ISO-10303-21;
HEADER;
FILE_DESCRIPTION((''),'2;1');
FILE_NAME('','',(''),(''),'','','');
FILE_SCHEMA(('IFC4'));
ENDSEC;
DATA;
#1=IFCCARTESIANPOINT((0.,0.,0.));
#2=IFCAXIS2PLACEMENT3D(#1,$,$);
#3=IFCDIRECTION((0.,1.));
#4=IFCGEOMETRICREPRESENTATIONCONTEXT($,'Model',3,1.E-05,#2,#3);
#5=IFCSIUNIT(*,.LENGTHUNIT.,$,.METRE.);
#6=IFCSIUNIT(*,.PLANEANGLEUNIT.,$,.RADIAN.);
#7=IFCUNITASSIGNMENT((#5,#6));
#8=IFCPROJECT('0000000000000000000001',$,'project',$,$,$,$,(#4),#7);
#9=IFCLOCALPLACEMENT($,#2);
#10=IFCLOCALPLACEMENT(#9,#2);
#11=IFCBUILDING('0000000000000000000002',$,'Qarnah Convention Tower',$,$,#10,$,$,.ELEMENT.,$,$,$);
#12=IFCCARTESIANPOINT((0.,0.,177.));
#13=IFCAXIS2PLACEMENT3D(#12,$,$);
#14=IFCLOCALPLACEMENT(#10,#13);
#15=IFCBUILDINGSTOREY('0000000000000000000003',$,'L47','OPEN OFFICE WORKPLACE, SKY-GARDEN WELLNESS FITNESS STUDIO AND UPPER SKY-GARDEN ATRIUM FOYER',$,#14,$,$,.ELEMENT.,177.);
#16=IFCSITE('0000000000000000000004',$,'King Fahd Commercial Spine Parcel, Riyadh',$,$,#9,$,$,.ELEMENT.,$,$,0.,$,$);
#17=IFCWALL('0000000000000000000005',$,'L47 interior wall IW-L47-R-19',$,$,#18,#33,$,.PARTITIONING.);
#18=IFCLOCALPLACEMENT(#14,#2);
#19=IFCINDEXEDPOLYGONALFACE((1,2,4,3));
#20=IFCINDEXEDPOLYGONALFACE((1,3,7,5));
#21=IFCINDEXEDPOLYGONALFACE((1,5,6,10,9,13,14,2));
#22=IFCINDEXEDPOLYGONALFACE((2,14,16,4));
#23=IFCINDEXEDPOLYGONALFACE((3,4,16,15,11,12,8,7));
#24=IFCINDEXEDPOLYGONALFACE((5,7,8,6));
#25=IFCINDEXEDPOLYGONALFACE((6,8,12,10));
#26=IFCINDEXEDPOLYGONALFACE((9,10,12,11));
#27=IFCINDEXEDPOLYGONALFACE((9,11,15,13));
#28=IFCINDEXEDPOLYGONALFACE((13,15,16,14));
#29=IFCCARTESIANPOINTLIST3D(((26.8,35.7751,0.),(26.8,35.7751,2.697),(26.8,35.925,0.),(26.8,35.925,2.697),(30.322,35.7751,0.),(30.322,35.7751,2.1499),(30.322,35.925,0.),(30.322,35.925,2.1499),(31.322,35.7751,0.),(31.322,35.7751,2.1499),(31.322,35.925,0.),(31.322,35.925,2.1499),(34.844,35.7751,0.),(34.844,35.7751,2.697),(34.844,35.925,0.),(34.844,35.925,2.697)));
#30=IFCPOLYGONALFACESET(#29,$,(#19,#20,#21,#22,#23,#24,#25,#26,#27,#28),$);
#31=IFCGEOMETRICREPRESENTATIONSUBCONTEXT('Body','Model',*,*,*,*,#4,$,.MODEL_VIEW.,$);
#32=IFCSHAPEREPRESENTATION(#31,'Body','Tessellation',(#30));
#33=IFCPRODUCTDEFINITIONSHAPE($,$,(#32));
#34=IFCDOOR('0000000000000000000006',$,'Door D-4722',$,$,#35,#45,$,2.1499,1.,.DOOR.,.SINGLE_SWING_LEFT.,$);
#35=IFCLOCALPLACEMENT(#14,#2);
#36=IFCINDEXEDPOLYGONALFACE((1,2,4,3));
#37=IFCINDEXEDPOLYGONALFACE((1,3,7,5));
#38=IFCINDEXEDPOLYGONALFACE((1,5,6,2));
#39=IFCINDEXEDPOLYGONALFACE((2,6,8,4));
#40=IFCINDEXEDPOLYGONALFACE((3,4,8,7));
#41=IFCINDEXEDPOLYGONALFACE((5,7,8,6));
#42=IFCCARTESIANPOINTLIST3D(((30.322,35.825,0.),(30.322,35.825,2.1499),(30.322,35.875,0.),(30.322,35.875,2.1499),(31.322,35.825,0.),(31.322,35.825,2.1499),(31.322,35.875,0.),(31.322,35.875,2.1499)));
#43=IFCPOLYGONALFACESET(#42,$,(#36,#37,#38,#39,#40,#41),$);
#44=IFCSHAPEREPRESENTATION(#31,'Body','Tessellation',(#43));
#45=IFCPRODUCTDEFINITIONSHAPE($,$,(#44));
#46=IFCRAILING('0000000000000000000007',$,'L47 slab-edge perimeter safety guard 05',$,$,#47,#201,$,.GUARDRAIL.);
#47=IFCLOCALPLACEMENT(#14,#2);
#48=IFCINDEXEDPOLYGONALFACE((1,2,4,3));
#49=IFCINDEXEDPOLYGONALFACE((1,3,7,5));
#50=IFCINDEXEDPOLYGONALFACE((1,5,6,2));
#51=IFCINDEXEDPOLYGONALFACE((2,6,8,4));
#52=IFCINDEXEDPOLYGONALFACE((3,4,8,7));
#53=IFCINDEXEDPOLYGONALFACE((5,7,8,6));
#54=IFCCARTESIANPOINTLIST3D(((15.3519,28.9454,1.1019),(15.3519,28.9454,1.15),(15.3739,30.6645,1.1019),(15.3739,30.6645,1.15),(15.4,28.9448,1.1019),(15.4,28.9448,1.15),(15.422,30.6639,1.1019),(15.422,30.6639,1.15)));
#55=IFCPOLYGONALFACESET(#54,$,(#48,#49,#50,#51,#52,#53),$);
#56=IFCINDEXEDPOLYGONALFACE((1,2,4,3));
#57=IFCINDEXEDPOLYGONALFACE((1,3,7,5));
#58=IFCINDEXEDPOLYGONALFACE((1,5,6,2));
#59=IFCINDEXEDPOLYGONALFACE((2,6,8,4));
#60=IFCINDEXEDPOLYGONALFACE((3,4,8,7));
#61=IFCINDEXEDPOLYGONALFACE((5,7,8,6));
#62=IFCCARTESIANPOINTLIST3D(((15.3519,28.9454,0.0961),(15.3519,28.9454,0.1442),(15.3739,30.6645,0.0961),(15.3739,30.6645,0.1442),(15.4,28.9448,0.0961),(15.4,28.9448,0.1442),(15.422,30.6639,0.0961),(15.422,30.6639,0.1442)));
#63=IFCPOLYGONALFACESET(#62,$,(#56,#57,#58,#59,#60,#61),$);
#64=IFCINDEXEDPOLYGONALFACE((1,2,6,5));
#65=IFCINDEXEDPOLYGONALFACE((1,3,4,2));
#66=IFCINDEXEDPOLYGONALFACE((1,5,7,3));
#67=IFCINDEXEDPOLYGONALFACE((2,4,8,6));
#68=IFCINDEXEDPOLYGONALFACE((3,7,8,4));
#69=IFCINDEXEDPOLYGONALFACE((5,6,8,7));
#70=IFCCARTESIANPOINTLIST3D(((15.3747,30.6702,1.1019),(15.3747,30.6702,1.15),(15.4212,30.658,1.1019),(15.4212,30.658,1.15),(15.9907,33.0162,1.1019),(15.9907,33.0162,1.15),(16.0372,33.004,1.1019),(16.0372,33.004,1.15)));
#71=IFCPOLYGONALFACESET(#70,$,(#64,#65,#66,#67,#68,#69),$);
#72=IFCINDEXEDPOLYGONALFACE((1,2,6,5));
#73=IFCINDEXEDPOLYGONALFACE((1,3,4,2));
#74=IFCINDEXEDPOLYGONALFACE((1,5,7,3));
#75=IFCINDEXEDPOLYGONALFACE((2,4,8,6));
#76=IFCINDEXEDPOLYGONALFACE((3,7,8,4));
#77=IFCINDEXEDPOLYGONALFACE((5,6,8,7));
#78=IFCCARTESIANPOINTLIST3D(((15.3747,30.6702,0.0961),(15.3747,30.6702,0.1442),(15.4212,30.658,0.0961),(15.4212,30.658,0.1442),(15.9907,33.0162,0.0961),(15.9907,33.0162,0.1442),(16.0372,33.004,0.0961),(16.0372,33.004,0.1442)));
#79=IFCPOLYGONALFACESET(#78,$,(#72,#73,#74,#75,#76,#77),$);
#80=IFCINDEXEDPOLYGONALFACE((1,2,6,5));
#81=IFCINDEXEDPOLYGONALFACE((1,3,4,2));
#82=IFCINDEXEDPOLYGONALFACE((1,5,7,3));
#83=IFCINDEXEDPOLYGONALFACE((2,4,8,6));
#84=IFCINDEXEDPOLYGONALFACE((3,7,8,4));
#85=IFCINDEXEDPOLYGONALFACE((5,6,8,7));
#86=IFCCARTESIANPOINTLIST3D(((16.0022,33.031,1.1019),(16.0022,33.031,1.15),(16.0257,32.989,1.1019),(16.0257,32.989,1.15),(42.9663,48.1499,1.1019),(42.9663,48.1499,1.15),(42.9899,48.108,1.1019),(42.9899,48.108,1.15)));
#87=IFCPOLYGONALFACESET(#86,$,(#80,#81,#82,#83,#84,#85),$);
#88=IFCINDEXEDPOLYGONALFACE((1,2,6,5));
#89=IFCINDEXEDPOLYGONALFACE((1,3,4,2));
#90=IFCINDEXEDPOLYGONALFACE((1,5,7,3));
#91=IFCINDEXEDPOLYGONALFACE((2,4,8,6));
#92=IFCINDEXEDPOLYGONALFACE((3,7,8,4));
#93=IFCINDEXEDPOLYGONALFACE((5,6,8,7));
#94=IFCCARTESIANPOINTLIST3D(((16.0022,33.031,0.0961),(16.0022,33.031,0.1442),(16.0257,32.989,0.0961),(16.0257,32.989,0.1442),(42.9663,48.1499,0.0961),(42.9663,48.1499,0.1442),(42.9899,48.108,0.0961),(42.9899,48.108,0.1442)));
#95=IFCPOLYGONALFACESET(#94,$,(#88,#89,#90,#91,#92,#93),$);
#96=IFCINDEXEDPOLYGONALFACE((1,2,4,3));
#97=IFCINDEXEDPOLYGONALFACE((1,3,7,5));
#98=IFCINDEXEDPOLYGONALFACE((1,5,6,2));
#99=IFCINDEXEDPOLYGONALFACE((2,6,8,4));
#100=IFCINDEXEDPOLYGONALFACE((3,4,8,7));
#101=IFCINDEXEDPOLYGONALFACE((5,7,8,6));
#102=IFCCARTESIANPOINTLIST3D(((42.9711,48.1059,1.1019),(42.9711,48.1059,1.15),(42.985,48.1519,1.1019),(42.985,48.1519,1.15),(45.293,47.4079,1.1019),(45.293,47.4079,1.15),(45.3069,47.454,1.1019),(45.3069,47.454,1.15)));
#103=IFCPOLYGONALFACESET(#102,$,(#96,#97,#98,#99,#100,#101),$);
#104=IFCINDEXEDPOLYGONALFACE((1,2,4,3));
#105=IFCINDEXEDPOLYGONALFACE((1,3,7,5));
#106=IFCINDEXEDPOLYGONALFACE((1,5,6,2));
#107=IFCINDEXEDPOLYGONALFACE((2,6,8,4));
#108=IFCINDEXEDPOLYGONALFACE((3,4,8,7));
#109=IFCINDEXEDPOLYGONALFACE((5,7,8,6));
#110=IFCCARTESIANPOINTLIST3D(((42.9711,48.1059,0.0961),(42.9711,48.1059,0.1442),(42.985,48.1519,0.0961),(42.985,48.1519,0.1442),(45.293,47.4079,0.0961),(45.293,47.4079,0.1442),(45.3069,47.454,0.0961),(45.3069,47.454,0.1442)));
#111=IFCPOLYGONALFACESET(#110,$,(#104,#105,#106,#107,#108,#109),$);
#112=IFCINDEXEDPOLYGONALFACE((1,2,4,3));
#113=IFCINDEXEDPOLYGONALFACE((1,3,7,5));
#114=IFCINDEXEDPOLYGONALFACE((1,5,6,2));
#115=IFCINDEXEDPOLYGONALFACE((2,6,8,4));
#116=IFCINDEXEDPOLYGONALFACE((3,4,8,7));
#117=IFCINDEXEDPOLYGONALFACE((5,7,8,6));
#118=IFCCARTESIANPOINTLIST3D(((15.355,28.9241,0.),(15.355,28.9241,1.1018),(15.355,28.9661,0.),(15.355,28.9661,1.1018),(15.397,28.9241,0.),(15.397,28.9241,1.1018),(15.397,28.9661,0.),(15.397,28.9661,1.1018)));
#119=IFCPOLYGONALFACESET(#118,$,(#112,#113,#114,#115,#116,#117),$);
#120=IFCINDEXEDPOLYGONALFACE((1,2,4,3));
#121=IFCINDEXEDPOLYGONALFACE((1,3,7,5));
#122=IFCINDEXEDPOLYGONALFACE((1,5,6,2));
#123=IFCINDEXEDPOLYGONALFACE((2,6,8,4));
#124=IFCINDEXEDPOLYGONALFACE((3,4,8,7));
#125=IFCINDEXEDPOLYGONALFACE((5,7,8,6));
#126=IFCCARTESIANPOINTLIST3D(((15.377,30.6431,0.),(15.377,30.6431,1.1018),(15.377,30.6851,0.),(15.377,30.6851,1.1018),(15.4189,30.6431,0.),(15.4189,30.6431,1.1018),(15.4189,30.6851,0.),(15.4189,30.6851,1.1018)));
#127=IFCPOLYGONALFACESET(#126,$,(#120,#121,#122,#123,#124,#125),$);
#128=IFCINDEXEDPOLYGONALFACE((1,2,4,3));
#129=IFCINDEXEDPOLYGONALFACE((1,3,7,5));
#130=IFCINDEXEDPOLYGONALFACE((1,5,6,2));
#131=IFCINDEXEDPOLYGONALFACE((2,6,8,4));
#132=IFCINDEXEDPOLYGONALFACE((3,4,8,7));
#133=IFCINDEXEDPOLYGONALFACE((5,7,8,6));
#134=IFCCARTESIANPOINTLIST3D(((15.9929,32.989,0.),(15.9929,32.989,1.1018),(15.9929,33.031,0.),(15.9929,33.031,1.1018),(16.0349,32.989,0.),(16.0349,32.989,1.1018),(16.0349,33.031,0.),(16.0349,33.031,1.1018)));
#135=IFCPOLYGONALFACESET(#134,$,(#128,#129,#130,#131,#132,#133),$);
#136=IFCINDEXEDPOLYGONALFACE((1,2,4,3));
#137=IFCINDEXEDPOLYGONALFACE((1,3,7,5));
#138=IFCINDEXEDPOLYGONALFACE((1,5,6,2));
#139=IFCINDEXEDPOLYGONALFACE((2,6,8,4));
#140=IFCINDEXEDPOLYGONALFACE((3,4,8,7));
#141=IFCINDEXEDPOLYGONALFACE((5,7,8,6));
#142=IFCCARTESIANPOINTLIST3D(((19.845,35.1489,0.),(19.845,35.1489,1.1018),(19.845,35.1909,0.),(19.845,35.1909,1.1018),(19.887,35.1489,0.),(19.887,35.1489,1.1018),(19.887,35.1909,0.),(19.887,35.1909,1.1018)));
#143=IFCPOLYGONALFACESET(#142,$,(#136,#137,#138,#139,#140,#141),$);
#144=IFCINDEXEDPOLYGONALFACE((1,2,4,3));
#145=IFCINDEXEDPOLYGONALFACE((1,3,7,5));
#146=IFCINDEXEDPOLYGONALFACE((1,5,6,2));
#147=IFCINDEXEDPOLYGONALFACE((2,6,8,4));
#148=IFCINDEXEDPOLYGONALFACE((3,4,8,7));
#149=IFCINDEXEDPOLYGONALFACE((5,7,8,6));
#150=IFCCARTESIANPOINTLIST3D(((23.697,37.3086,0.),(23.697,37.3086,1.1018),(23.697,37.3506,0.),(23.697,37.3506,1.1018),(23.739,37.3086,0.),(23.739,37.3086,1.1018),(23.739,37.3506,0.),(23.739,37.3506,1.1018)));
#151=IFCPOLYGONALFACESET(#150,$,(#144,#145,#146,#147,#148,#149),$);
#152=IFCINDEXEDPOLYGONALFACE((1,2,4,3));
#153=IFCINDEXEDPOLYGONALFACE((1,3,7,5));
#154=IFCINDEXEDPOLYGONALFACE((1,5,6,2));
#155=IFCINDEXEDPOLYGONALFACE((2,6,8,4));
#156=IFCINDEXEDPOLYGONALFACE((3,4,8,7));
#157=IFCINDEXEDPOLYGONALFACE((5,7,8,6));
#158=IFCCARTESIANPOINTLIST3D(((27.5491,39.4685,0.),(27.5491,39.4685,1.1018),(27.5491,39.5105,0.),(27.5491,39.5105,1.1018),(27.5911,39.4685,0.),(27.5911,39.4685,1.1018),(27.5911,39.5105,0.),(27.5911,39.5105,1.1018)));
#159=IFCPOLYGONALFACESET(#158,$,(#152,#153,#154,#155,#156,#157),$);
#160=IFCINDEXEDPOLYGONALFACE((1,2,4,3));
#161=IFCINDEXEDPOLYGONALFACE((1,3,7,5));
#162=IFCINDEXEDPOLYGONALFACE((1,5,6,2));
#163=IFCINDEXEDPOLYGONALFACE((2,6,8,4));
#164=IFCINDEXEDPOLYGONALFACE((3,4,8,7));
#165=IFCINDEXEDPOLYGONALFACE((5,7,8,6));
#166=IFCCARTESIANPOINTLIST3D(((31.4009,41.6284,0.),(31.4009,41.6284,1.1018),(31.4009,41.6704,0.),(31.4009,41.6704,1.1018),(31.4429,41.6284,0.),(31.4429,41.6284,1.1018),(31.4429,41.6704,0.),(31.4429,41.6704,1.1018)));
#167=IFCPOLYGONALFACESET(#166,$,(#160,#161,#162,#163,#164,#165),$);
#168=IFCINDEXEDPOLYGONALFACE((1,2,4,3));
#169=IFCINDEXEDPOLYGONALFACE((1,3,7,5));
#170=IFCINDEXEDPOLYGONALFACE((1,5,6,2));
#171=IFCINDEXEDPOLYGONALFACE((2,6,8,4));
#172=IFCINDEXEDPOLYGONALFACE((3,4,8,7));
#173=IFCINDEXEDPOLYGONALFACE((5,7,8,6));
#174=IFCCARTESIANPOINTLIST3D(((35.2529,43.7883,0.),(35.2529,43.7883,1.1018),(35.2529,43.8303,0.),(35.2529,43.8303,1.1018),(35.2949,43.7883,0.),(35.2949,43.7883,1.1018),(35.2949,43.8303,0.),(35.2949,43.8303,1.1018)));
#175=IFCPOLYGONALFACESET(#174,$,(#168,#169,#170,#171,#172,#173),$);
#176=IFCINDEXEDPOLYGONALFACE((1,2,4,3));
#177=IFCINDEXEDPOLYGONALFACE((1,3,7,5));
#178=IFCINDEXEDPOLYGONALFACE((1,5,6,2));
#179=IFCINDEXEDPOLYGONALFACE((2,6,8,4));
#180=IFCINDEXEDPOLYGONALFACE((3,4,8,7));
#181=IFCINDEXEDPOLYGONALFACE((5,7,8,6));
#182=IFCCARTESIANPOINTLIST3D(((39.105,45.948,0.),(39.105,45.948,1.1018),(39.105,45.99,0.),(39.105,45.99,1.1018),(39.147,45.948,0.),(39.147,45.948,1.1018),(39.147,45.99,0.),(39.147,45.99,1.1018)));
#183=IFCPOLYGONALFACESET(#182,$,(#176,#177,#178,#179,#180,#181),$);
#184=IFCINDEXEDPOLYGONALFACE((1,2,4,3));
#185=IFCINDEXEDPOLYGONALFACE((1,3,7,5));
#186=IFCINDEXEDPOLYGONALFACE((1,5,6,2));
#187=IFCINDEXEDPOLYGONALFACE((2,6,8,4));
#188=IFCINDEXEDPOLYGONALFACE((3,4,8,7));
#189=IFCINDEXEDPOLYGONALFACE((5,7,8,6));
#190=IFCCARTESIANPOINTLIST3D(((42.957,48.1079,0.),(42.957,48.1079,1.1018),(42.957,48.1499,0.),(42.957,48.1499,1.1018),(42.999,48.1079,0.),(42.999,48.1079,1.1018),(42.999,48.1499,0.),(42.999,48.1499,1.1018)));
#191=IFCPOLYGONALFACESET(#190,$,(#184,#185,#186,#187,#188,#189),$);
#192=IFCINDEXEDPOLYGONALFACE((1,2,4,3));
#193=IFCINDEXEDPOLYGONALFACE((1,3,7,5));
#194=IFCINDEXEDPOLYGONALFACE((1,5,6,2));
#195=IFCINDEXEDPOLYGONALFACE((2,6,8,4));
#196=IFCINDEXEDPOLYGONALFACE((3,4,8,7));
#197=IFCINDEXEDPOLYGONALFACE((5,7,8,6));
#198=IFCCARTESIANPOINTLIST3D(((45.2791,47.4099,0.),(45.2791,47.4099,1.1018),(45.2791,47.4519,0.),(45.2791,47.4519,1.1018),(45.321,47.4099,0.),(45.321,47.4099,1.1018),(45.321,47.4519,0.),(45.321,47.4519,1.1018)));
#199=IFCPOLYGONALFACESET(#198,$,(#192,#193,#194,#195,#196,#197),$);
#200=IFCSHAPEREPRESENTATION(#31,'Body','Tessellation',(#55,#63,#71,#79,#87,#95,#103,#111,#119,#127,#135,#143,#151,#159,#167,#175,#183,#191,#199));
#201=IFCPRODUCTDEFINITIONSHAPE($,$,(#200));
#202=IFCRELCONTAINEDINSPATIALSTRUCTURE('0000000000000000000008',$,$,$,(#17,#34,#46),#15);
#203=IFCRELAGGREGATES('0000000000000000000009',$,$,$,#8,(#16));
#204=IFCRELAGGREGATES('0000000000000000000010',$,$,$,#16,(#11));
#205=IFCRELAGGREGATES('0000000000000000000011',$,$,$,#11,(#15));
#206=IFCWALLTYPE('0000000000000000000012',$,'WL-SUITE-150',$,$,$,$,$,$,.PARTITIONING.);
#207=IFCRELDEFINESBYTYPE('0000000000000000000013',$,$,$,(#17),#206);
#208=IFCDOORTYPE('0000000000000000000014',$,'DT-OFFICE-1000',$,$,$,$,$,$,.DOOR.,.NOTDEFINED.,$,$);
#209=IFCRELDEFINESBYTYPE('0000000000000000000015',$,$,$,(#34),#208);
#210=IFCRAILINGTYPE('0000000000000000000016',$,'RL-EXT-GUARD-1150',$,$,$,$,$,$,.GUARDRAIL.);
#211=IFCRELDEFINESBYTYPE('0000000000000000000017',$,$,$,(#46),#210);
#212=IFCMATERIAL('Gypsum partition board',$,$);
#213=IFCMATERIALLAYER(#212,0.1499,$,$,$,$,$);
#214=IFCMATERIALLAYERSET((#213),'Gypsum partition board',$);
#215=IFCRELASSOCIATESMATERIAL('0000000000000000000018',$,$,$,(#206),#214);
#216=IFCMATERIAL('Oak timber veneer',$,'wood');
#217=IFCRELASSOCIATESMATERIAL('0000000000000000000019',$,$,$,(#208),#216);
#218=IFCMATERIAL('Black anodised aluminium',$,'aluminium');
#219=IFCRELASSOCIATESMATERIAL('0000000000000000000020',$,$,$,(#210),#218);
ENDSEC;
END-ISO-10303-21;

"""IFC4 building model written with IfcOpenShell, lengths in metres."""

from ifc_helpers import new_model, si_unit, direction, frame, frame_2d, origin, origin_2d, place, context, subcontext, project, spatial, rectangle, extrude, material, layer, layer_set, type_object, element, fill, save


model = new_model("IFC4")

# Units and contexts
model_context = context("Model", 3, precision=1e-05, world=origin(), true_north=direction((0.0, 1.0)))
body_context = subcontext(model_context, "Body", "Model", "MODEL_VIEW")
ifc_project = project(units=[si_unit("LENGTHUNIT", "METRE"), si_unit("PLANEANGLEUNIT", "RADIAN")], contexts=[model_context])

# Site, building, storey
site_placement = place(None, origin())
site = spatial("IfcSite", under=ifc_project, at=site_placement, Name="King Fahd Commercial Spine Parcel, Riyadh", CompositionType="ELEMENT", RefElevation=0.0)
building_placement = place(site_placement, origin())
building = spatial("IfcBuilding", under=site, at=building_placement, Name="Qarnah Convention Tower", CompositionType="ELEMENT")
storey_placement = place(building_placement, frame((0.0, 0.0, 177.0)))
storey = spatial("IfcBuildingStorey", under=building, at=storey_placement, Name="L47", Description="OPEN OFFICE WORKPLACE, SKY-GARDEN WELLNESS FITNESS STUDIO AND UPPER SKY-GARDEN ATRIUM FOYER", CompositionType="ELEMENT", Elevation=177.0)

# Shared definitions
ifc_material_1 = material(Name="Black anodised aluminium", Category="aluminium")

# Shared definitions
ifc_material_2 = material(Name="Gypsum partition board")
ifc_layer_1 = layer(ifc_material_2, 0.1499)
ifc_layer_set_1 = layer_set([ifc_layer_1], Name="Gypsum partition board")
wall_type_1 = type_object("IfcWallType", Name="WL-SUITE-150", PredefinedType="PARTITIONING", material=ifc_layer_set_1)
ifc_material_3 = material(Name="Oak timber veneer", Category="wood")
door_type_1 = type_object("IfcDoorType", Name="DT-OFFICE-1000", OperationType="NOTDEFINED", PredefinedType="DOOR", material=ifc_material_3)

# Wall, opening, door
wall_1_placement = place(storey_placement, frame((26.8, 35.8501, 0.0), z_axis=(0.0, 0.0, 1.0), x_axis=(1.0, 0.0, 0.0)))
wall_1 = element("IfcWall", 1, at=wall_1_placement, inside=storey, type_object=wall_type_1, Name="L47 interior wall IW-L47-R-19", PredefinedType="PARTITIONING", context=body_context, shape_type="SweptSolid", body=[
    extrude(rectangle(XDim=8.0439, YDim=0.1499, at=frame_2d((4.022, 0.0))), origin(), (0.0, 0.0, 1.0), 2.697),
])
opening_1_placement = place(wall_1_placement, frame((3.522, 0.0, 0.0)))
opening_1 = element("IfcOpeningElement", 2, at=opening_1_placement, cuts=wall_1, PredefinedType="OPENING", context=body_context, shape_type="SweptSolid", body=[
    extrude(rectangle(XDim=1.0, YDim=2.1499, at=frame_2d((0.5, 1.075))), frame((0.0, 0.085, 0.0), z_axis=(0.0, -1.0, 0.0), x_axis=(1.0, 0.0, 0.0)), (0.0, 0.0, 1.0), 0.1699),
])
door_1_placement = place(opening_1_placement, origin())
door_1 = element("IfcDoor", 3, at=door_1_placement, inside=storey, type_object=door_type_1, Name="Door D-4722", OperationType="SINGLE_SWING_LEFT", OverallHeight=2.1499, OverallWidth=1.0, PredefinedType="DOOR", context=body_context, shape_type="SweptSolid", body=[
    extrude(rectangle(XDim=1.0, YDim=2.1499, at=frame_2d((0.5, 1.075))), frame((0.0, 0.0249, 0.0), z_axis=(0.0, -1.0, 0.0), x_axis=(1.0, 0.0, 0.0)), (0.0, 0.0, 1.0), 0.05),
])
fill(opening_1, door_1)

# Railing
railing_type_1 = type_object("IfcRailingType", Name="RL-EXT-GUARD-1150", PredefinedType="GUARDRAIL", material=ifc_material_1)
railing_1_placement = place(storey_placement, frame((15.376, 28.9451, 0.0)))
element("IfcRailing", 4, at=railing_1_placement, inside=storey, type_object=railing_type_1, Name="L47 slab-edge perimeter safety guard 05", PredefinedType="GUARDRAIL", context=body_context, shape_type="SweptSolid", body=[
    extrude(rectangle(XDim=0.0481, YDim=0.0481, at=origin_2d()), frame((0.0, 0.0, 1.126), z_axis=(0.012781, 0.999918, 0.0), x_axis=(-0.999918, 0.012781, 0.0)), (0.0, 0.0, 1.0), 1.7192),
    extrude(rectangle(XDim=0.0481, YDim=0.0481, at=origin_2d()), frame((0.0, 0.0, 0.1201), z_axis=(0.012781, 0.999918, 0.0), x_axis=(-0.999918, 0.012781, 0.0)), (0.0, 0.0, 1.0), 1.7192),
    extrude(rectangle(XDim=0.0481, YDim=0.0481, at=origin_2d()), frame((0.022, 1.719, 1.126), z_axis=(0.253958, 0.967215, 0.0), x_axis=(-0.967215, 0.253958, 0.0)), (0.0, 0.0, 1.0), 2.4255),
    extrude(rectangle(XDim=0.0481, YDim=0.0481, at=origin_2d()), frame((0.022, 1.719, 0.1201), z_axis=(0.253958, 0.967215, 0.0), x_axis=(-0.967215, 0.253958, 0.0)), (0.0, 0.0, 1.0), 2.4255),
    extrude(rectangle(XDim=0.0481, YDim=0.0481, at=origin_2d()), frame((0.6379, 4.0649, 1.126), z_axis=(0.872244, 0.489071, 0.0), x_axis=(-0.489071, 0.872244, 0.0)), (0.0, 0.0, 1.0), 30.9136),
    extrude(rectangle(XDim=0.0481, YDim=0.0481, at=origin_2d()), frame((0.6379, 4.0649, 0.1201), z_axis=(0.872244, 0.489071, 0.0), x_axis=(-0.489071, 0.872244, 0.0)), (0.0, 0.0, 1.0), 30.9136),
    extrude(rectangle(XDim=0.0481, YDim=0.0481, at=origin_2d()), frame((27.6021, 19.1838, 1.126), z_axis=(0.957668, -0.287874, 0.0), x_axis=(0.287874, 0.957668, 0.0)), (0.0, 0.0, 1.0), 2.4246),
    extrude(rectangle(XDim=0.0481, YDim=0.0481, at=origin_2d()), frame((27.6021, 19.1838, 0.1201), z_axis=(0.957668, -0.287874, 0.0), x_axis=(0.287874, 0.957668, 0.0)), (0.0, 0.0, 1.0), 2.4246),
    extrude(rectangle(XDim=0.042, YDim=0.042, at=origin_2d()), origin(), (0.0, 0.0, 1.0), 1.1018),
    extrude(rectangle(XDim=0.042, YDim=0.042, at=origin_2d()), frame((0.022, 1.719, 0.0)), (0.0, 0.0, 1.0), 1.1018),
    extrude(rectangle(XDim=0.042, YDim=0.042, at=origin_2d()), frame((0.6379, 4.0649, 0.0)), (0.0, 0.0, 1.0), 1.1018),
    extrude(rectangle(XDim=0.042, YDim=0.042, at=origin_2d()), frame((4.49, 6.2249, 0.0)), (0.0, 0.0, 1.0), 1.1018),
    extrude(rectangle(XDim=0.042, YDim=0.042, at=origin_2d()), frame((8.342, 8.3845, 0.0)), (0.0, 0.0, 1.0), 1.1018),
    extrude(rectangle(XDim=0.042, YDim=0.042, at=origin_2d()), frame((12.1941, 10.5444, 0.0)), (0.0, 0.0, 1.0), 1.1018),
    extrude(rectangle(XDim=0.042, YDim=0.042, at=origin_2d()), frame((16.0459, 12.7043, 0.0)), (0.0, 0.0, 1.0), 1.1018),
    extrude(rectangle(XDim=0.042, YDim=0.042, at=origin_2d()), frame((19.8979, 14.8643, 0.0)), (0.0, 0.0, 1.0), 1.1018),
    extrude(rectangle(XDim=0.042, YDim=0.042, at=origin_2d()), frame((23.75, 17.0239, 0.0)), (0.0, 0.0, 1.0), 1.1018),
    extrude(rectangle(XDim=0.042, YDim=0.042, at=origin_2d()), frame((27.6021, 19.1838, 0.0)), (0.0, 0.0, 1.0), 1.1018),
    extrude(rectangle(XDim=0.042, YDim=0.042, at=origin_2d()), frame((29.9241, 18.4858, 0.0)), (0.0, 0.0, 1.0), 1.1018),
])

save(model, "model.ifc")
